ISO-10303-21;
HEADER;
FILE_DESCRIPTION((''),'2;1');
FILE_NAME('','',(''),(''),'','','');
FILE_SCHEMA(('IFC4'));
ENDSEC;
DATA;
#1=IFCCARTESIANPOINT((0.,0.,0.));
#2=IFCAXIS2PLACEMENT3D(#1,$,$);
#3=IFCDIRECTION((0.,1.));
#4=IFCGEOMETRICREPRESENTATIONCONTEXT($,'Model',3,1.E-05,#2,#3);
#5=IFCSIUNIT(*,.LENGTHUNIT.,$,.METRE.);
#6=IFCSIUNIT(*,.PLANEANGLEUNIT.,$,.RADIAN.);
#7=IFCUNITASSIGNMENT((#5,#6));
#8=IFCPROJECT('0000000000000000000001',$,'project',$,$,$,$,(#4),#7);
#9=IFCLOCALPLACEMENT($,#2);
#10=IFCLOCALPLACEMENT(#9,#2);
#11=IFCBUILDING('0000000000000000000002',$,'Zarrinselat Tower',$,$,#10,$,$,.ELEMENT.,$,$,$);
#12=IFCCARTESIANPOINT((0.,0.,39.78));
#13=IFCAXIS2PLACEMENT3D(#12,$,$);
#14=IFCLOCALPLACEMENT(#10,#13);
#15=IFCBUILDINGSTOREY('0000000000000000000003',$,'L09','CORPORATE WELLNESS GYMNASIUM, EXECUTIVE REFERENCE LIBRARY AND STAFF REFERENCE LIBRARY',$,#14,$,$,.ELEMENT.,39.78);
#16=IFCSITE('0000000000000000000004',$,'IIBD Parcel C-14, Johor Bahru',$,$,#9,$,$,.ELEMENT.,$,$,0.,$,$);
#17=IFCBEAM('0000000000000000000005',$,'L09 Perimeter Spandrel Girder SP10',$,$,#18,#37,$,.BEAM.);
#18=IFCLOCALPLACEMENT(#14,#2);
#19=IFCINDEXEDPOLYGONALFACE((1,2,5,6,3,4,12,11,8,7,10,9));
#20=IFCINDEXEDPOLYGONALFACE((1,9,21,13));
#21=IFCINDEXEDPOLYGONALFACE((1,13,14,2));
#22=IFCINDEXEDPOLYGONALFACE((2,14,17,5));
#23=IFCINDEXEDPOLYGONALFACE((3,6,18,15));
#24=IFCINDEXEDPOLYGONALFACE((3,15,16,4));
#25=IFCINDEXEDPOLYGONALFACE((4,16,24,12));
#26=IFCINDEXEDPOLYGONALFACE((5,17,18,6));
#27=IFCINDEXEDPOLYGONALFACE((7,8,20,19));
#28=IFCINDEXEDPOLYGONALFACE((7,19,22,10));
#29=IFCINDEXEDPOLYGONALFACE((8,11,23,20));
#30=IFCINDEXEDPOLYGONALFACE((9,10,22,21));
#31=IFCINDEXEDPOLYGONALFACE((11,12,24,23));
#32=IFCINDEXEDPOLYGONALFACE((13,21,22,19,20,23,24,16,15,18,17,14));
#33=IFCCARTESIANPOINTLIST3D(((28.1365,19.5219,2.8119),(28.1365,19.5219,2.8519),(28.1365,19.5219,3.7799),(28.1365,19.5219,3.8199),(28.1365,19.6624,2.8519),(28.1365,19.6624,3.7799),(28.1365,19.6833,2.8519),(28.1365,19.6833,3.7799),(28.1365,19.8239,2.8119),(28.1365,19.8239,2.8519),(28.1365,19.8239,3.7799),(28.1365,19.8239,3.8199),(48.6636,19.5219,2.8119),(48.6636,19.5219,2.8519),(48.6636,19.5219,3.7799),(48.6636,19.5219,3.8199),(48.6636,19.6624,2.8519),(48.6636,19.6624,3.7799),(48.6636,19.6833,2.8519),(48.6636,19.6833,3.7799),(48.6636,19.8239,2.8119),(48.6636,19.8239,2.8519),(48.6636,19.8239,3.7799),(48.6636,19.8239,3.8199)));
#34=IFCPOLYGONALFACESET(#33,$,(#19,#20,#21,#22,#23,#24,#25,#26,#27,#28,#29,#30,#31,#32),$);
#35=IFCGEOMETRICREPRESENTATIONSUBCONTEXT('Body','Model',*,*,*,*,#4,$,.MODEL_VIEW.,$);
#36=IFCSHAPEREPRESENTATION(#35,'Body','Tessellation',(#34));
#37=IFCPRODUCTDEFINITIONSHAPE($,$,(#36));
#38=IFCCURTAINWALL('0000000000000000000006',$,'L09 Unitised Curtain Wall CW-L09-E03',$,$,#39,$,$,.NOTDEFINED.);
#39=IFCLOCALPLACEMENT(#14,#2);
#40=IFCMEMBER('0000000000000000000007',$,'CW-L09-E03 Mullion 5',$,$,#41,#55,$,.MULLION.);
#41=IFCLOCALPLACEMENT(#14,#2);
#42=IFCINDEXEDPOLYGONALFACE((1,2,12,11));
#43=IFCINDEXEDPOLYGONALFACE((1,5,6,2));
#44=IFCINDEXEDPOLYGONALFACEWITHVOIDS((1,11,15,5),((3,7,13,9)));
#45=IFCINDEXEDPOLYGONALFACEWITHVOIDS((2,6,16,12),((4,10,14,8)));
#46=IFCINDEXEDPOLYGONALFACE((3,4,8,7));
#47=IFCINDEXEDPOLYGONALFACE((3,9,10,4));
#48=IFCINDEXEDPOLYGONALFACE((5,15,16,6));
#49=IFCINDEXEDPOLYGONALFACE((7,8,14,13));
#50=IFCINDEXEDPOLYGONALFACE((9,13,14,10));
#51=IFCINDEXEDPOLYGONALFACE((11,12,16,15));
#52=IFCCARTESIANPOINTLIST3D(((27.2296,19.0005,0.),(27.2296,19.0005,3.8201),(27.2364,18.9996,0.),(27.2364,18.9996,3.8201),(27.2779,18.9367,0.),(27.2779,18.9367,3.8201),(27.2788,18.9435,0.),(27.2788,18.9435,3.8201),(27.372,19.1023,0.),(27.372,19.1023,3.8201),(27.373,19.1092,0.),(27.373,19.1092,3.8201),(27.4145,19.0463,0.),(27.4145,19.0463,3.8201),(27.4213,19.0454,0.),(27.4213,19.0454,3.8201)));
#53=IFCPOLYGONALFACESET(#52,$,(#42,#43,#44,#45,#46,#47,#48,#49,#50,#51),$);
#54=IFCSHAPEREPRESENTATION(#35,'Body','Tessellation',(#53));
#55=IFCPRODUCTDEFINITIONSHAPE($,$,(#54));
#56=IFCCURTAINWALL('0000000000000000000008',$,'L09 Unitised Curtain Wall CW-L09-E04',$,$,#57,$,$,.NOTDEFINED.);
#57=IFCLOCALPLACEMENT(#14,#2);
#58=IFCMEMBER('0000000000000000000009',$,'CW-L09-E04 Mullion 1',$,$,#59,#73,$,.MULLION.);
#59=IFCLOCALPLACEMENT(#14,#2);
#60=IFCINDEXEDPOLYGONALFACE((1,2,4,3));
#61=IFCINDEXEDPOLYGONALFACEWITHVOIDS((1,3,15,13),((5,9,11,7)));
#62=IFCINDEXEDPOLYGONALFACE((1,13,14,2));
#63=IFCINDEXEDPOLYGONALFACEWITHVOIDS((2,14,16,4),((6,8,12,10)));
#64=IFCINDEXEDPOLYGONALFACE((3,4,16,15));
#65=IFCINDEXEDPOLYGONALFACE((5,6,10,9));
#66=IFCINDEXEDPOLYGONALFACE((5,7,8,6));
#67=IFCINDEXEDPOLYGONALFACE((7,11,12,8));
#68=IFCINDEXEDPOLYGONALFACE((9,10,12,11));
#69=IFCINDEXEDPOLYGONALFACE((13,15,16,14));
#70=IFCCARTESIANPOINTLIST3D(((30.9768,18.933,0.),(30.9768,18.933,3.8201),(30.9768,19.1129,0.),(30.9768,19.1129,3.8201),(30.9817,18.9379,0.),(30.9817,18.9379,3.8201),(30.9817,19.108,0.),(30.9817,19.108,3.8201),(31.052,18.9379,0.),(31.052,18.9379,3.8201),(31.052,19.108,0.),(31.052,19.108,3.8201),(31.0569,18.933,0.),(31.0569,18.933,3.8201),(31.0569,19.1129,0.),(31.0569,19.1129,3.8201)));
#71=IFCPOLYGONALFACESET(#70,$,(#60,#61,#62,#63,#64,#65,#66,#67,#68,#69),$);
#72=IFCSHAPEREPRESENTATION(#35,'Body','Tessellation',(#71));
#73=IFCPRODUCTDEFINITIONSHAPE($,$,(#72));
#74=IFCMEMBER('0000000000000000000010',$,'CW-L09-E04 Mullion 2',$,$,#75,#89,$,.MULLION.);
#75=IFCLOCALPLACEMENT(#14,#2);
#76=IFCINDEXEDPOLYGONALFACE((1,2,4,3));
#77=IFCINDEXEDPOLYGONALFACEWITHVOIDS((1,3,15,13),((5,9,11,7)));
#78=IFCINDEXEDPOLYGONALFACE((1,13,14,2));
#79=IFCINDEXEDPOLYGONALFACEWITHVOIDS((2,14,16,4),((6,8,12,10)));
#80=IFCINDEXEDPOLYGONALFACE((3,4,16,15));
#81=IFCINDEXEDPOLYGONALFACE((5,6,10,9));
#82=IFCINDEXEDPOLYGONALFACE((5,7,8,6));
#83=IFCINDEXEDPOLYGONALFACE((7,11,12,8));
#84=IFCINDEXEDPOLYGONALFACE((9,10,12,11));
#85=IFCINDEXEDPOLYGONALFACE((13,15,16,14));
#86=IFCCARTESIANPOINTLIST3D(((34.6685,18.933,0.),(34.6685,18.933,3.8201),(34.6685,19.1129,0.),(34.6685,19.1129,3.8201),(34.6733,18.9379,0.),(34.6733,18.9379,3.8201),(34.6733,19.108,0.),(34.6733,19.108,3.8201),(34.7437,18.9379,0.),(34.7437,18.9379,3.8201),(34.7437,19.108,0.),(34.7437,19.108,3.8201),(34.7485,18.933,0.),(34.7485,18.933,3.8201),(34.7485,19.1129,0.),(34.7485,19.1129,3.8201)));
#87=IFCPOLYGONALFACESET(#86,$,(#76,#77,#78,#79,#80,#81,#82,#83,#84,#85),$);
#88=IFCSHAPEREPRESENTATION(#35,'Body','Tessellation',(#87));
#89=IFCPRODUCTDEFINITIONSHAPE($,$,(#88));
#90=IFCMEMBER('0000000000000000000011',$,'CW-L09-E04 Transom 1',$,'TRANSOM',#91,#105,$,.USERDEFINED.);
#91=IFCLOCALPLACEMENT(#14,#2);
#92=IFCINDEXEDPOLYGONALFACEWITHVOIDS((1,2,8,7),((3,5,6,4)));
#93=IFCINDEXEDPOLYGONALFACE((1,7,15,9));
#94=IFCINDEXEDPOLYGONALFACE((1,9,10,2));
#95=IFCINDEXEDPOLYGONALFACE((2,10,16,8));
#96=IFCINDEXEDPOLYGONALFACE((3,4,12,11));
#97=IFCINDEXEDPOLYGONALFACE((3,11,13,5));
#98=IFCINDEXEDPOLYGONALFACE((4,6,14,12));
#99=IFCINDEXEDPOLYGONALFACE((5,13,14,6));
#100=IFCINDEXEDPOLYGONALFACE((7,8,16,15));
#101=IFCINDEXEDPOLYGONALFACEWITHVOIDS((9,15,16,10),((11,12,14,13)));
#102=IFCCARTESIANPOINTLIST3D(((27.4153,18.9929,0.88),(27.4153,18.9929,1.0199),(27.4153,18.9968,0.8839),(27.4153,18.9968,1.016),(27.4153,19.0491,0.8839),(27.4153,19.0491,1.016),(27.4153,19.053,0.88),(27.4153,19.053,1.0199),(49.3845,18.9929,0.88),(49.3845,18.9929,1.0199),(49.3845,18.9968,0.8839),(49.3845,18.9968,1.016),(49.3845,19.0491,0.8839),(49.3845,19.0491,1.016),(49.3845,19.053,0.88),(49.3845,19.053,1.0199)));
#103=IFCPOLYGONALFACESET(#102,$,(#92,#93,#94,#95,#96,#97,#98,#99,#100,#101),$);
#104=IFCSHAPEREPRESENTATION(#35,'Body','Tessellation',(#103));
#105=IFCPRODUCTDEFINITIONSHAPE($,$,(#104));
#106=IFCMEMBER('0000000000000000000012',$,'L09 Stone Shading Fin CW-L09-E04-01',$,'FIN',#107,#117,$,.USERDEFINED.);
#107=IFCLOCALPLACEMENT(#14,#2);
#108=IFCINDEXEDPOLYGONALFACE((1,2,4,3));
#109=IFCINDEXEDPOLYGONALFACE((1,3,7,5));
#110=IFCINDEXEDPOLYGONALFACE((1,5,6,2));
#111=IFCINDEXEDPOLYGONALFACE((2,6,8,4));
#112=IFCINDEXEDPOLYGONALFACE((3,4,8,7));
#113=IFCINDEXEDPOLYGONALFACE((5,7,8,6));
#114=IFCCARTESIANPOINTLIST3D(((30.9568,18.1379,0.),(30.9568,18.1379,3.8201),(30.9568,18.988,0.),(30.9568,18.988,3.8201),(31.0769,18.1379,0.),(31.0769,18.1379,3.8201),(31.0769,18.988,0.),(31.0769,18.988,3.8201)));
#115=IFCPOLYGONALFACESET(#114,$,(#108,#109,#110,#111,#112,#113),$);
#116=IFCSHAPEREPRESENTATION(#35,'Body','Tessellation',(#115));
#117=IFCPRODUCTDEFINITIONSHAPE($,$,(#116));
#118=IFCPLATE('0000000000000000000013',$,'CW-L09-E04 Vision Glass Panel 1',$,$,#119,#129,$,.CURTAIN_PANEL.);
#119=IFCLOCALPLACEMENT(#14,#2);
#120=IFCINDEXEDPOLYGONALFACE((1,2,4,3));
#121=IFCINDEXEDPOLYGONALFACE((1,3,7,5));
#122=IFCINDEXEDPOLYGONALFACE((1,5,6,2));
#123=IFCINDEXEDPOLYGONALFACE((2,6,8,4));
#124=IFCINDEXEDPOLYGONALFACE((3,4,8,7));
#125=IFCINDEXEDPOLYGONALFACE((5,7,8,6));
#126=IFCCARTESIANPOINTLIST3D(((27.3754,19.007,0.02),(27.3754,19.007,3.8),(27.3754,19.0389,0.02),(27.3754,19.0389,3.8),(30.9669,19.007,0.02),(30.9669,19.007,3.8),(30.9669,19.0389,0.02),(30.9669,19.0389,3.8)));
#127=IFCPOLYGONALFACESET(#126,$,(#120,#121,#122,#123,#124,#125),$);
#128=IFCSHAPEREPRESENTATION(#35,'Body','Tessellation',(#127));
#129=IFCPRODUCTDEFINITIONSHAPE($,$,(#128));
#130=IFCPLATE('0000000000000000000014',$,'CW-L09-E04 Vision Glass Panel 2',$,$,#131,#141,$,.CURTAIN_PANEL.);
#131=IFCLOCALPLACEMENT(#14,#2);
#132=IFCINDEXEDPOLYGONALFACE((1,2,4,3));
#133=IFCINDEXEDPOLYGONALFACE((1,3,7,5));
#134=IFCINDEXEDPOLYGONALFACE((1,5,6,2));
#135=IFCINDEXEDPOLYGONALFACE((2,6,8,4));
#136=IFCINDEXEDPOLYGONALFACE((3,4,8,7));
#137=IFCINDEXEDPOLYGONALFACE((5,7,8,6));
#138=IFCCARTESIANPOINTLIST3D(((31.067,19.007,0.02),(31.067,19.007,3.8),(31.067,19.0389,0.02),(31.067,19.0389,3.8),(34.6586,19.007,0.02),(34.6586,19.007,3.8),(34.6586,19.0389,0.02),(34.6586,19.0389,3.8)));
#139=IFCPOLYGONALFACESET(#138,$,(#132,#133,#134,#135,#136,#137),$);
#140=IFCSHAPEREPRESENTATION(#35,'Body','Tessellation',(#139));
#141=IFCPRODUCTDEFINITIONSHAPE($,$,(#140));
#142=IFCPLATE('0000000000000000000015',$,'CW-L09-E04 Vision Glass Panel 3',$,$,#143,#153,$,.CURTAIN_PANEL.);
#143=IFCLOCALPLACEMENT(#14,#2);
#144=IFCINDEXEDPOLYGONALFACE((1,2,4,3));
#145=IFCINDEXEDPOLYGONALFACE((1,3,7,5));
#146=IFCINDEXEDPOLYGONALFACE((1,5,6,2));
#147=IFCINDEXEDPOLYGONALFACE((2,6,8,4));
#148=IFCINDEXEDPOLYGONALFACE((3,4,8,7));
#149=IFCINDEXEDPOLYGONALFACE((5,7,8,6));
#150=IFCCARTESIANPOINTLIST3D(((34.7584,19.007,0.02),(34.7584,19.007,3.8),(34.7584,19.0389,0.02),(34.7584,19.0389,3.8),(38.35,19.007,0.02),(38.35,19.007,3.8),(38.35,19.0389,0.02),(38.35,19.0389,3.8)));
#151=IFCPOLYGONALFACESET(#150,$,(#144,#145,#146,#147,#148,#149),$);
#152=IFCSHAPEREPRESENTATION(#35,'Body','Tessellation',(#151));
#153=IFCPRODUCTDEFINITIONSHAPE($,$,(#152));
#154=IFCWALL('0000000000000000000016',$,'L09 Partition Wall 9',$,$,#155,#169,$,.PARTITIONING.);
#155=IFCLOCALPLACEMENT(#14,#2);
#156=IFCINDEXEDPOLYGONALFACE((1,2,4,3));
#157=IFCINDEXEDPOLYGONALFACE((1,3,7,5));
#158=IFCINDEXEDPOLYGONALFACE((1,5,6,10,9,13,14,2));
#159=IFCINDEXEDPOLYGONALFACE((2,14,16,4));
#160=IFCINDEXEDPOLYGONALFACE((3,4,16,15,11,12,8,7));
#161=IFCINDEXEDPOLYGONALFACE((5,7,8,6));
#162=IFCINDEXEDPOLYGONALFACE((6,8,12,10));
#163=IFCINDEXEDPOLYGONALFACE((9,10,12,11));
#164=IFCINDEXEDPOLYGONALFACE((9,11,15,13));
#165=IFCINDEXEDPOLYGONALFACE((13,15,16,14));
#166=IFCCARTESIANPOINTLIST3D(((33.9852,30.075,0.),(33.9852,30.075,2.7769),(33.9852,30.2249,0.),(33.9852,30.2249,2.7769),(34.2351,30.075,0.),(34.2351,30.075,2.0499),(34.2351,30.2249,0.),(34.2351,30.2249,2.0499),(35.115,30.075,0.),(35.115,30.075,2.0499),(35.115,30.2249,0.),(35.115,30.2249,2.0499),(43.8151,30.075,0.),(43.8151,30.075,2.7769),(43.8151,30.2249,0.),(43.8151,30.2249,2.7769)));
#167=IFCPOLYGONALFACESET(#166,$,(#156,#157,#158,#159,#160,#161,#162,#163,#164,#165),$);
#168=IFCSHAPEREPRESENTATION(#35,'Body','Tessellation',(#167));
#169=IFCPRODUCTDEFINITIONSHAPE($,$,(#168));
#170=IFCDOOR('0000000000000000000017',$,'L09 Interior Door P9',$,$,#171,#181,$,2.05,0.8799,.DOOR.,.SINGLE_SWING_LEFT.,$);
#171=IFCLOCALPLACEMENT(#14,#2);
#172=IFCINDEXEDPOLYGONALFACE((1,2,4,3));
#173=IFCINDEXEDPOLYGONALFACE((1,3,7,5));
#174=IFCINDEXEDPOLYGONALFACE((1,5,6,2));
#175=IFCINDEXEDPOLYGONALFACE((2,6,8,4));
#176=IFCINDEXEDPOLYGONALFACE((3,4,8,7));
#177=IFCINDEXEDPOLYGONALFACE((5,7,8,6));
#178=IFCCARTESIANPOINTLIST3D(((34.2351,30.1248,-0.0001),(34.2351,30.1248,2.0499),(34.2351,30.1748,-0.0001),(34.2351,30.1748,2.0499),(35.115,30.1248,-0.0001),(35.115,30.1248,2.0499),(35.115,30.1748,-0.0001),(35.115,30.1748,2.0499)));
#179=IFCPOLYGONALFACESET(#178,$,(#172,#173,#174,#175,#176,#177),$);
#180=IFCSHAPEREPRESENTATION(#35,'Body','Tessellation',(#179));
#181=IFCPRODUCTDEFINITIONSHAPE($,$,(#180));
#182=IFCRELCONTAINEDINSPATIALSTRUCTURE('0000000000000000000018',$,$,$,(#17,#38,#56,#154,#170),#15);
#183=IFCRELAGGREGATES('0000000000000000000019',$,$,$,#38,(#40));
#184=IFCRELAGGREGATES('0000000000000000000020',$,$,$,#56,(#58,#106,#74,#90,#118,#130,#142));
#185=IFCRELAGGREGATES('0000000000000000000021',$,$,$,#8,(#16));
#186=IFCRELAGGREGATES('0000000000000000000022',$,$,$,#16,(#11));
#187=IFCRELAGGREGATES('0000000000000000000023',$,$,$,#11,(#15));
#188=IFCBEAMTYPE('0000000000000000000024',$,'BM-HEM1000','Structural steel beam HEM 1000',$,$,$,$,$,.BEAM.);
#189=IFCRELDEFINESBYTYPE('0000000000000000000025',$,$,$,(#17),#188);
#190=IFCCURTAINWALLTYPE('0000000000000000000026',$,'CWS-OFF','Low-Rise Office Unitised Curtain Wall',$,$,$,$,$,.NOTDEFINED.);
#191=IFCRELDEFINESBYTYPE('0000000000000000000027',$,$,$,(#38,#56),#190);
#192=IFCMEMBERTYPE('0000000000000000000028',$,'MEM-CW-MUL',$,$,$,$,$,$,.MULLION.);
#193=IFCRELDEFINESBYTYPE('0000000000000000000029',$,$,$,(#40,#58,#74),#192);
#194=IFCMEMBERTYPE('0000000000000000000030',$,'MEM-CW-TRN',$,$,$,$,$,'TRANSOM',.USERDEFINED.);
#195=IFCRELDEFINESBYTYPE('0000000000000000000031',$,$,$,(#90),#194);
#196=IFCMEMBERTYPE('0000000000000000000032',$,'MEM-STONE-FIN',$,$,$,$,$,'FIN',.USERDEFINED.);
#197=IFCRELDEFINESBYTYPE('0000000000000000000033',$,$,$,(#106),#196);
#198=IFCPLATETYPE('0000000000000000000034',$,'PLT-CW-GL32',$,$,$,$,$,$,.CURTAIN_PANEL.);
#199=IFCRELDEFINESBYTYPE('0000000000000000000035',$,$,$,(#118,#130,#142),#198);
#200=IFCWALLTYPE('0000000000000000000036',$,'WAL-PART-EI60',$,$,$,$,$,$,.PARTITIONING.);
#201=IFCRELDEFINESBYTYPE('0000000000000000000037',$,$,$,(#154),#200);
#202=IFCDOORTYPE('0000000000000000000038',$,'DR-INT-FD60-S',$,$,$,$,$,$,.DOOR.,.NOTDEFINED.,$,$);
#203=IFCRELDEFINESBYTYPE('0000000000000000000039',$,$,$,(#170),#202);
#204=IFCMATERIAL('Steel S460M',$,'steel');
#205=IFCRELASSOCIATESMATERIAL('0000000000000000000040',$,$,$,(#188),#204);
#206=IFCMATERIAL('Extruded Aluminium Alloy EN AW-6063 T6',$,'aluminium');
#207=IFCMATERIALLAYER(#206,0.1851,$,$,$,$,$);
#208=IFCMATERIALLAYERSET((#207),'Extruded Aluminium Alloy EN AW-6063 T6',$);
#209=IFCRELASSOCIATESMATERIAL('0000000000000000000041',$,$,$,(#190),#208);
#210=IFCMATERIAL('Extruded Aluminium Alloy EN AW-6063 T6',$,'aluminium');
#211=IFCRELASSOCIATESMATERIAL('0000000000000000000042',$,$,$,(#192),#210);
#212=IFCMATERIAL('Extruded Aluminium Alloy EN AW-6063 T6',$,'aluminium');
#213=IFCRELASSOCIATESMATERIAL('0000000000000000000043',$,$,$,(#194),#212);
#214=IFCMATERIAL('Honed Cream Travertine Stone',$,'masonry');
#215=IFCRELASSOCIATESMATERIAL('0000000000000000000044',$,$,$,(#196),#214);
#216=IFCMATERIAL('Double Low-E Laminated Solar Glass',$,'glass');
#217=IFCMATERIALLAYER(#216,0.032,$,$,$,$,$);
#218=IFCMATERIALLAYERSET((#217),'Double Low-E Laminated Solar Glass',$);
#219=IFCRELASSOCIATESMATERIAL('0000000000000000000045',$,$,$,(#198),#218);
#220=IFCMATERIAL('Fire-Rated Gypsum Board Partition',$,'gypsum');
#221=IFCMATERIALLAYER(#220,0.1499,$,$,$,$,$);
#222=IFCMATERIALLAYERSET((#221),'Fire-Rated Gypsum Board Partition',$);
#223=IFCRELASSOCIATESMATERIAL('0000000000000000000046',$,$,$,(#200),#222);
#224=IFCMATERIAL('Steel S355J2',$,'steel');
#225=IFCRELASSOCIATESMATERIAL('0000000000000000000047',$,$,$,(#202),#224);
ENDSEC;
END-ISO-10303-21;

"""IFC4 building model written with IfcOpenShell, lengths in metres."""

from ifc_helpers import new_model, si_unit, direction, frame, frame_2d, origin, origin_2d, place, context, subcontext, project, spatial, rectangle, hollow_rectangle, i_section, extrude, material, layer, layer_set, material_profile, profile_set, type_object, element, fill, aggregate, save


model = new_model("IFC4")

# Units and contexts
model_context = context("Model", 3, precision=1e-05, world=origin(), true_north=direction((0.0, 1.0)))
body_context = subcontext(model_context, "Body", "Model", "MODEL_VIEW")
ifc_project = project(units=[si_unit("LENGTHUNIT", "METRE"), si_unit("PLANEANGLEUNIT", "RADIAN")], contexts=[model_context])

# Site, building, storey
site_placement = place(None, origin())
site = spatial("IfcSite", under=ifc_project, at=site_placement, Name="IIBD Parcel C-14, Johor Bahru", CompositionType="ELEMENT", RefElevation=0.0)
building_placement = place(site_placement, origin())
building = spatial("IfcBuilding", under=site, at=building_placement, Name="Zarrinselat Tower", CompositionType="ELEMENT")
storey_placement = place(building_placement, frame((0.0, 0.0, 39.78)))
storey = spatial("IfcBuildingStorey", under=building, at=storey_placement, Name="L09", Description="CORPORATE WELLNESS GYMNASIUM, EXECUTIVE REFERENCE LIBRARY AND STAFF REFERENCE LIBRARY", CompositionType="ELEMENT", Elevation=39.78)

# Beam
ifc_material_1 = material(Name="Steel S460M", Category="steel")
ifc_material_profile_1 = material_profile(ifc_material_1, i_section(OverallWidth=0.302, OverallDepth=1.0081, WebThickness=0.021, FlangeThickness=0.04, at=origin_2d()), Name="HEM 1000")
ifc_profile_set_1 = profile_set([ifc_material_profile_1], Name="Steel S460M")
beam_type_1 = type_object("IfcBeamType", Name="BM-HEM1000", Description="Structural steel beam HEM 1000", PredefinedType="BEAM", material=ifc_profile_set_1)
beam_1_placement = place(storey_placement, frame((28.1365, 19.6729, 3.3159), z_axis=(1.0, 0.0, 0.0), x_axis=(0.0, 1.0, 0.0)))
element("IfcBeam", 1, at=beam_1_placement, inside=storey, type_object=beam_type_1, Name="L09 Perimeter Spandrel Girder SP10", PredefinedType="BEAM", context=body_context, shape_type="SweptSolid", body=[
    extrude(i_section(OverallWidth=0.302, OverallDepth=1.0081, WebThickness=0.021, FlangeThickness=0.04, at=origin_2d()), origin(), (0.0, 0.0, 1.0), 20.5271),
])

# Curtain wall, member
ifc_material_2 = material(Name="Extruded Aluminium Alloy EN AW-6063 T6", Category="aluminium")
ifc_layer_1 = layer(ifc_material_2, 0.1851)
ifc_layer_set_1 = layer_set([ifc_layer_1], Name="Extruded Aluminium Alloy EN AW-6063 T6")
curtain_wall_type = type_object("IfcCurtainWallType", Name="CWS-OFF", Description="Low-Rise Office Unitised Curtain Wall", PredefinedType="NOTDEFINED", material=ifc_layer_set_1)
curtain_wall_1_placement = place(storey_placement, origin())
curtain_wall_1 = element("IfcCurtainWall", 2, at=curtain_wall_1_placement, inside=storey, type_object=curtain_wall_type, Name="L09 Unitised Curtain Wall CW-L09-E03", PredefinedType="NOTDEFINED")
ifc_material_3 = material(Name="Extruded Aluminium Alloy EN AW-6063 T6", Category="aluminium")
ifc_material_profile_2 = material_profile(ifc_material_3, hollow_rectangle(XDim=0.0801, YDim=0.1799, WallThickness=0.0049, at=origin_2d()), Name="RHS 180x80x5")
ifc_profile_set_2 = profile_set([ifc_material_profile_2], Name="Extruded Aluminium Alloy EN AW-6063 T6")
member_type_1 = type_object("IfcMemberType", Name="MEM-CW-MUL", PredefinedType="MULLION", material=ifc_profile_set_2)
member_1_placement = place(storey_placement, frame((27.3254, 19.0229, 0.0), z_axis=(0.0, 0.0, 1.0), x_axis=(0.603857, -0.797092, 0.0)))
member_1 = element("IfcMember", 3, at=member_1_placement, type_object=member_type_1, Name="CW-L09-E03 Mullion 5", PredefinedType="MULLION", context=body_context, shape_type="SweptSolid", body=[
    extrude(hollow_rectangle(XDim=0.0801, YDim=0.1799, WallThickness=0.0049, at=origin_2d()), origin(), (0.0, 0.0, 1.0), 3.8201),
])
aggregate(curtain_wall_1, [member_1])

# Curtain wall, members, plates
curtain_wall_2_placement = place(storey_placement, origin())
curtain_wall_2 = element("IfcCurtainWall", 4, at=curtain_wall_2_placement, inside=storey, type_object=curtain_wall_type, Name="L09 Unitised Curtain Wall CW-L09-E04", PredefinedType="NOTDEFINED")
member_2_placement = place(storey_placement, frame((31.0168, 19.0229, 0.0), z_axis=(0.0, 0.0, 1.0), x_axis=(1.0, 0.0, 0.0)))
member_2 = element("IfcMember", 5, at=member_2_placement, type_object=member_type_1, Name="CW-L09-E04 Mullion 1", PredefinedType="MULLION", context=body_context, shape_type="SweptSolid", body=[
    extrude(hollow_rectangle(XDim=0.0801, YDim=0.1799, WallThickness=0.0049, at=origin_2d()), origin(), (0.0, 0.0, 1.0), 3.8201),
])
member_3_placement = place(storey_placement, frame((34.7085, 19.0229, 0.0), z_axis=(0.0, 0.0, 1.0), x_axis=(1.0, 0.0, 0.0)))
member_3 = element("IfcMember", 6, at=member_3_placement, type_object=member_type_1, Name="CW-L09-E04 Mullion 2", PredefinedType="MULLION", context=body_context, shape_type="SweptSolid", body=[
    extrude(hollow_rectangle(XDim=0.0801, YDim=0.1799, WallThickness=0.0049, at=origin_2d()), origin(), (0.0, 0.0, 1.0), 3.8201),
])
ifc_material_4 = material(Name="Extruded Aluminium Alloy EN AW-6063 T6", Category="aluminium")
ifc_material_profile_3 = material_profile(ifc_material_4, hollow_rectangle(XDim=0.0601, YDim=0.1399, WallThickness=0.0039, at=origin_2d()), Name="RHS 140x60x4")
ifc_profile_set_3 = profile_set([ifc_material_profile_3], Name="Extruded Aluminium Alloy EN AW-6063 T6")
member_type_2 = type_object("IfcMemberType", Name="MEM-CW-TRN", ElementType="TRANSOM", PredefinedType="USERDEFINED", material=ifc_profile_set_3)
member_4_placement = place(storey_placement, frame((27.4153, 19.0229, 0.95), z_axis=(1.0, 0.0, 0.0), x_axis=(0.0, 1.0, 0.0)))
member_4 = element("IfcMember", 7, at=member_4_placement, type_object=member_type_2, Name="CW-L09-E04 Transom 1", ObjectType="TRANSOM", PredefinedType="USERDEFINED", context=body_context, shape_type="SweptSolid", body=[
    extrude(hollow_rectangle(XDim=0.0601, YDim=0.1399, WallThickness=0.0039, at=origin_2d()), origin(), (0.0, 0.0, 1.0), 21.9692),
])
ifc_material_5 = material(Name="Honed Cream Travertine Stone", Category="masonry")
ifc_material_profile_4 = material_profile(ifc_material_5, rectangle(XDim=0.1201, YDim=0.8501, at=origin_2d()), Name="FIN 850x120")
ifc_profile_set_4 = profile_set([ifc_material_profile_4], Name="Honed Cream Travertine Stone")
member_type_3 = type_object("IfcMemberType", Name="MEM-STONE-FIN", ElementType="FIN", PredefinedType="USERDEFINED", material=ifc_profile_set_4)
member_5_placement = place(storey_placement, frame((31.0168, 18.563, 0.0), z_axis=(0.0, 0.0, 1.0), x_axis=(-1.0, 0.0, 0.0)))
member_5 = element("IfcMember", 8, at=member_5_placement, type_object=member_type_3, Name="L09 Stone Shading Fin CW-L09-E04-01", ObjectType="FIN", PredefinedType="USERDEFINED", context=body_context, shape_type="SweptSolid", body=[
    extrude(rectangle(XDim=0.1201, YDim=0.8501, at=origin_2d()), origin(), (0.0, 0.0, 1.0), 3.8201),
])
ifc_material_6 = material(Name="Double Low-E Laminated Solar Glass", Category="glass")
ifc_layer_2 = layer(ifc_material_6, 0.032)
ifc_layer_set_2 = layer_set([ifc_layer_2], Name="Double Low-E Laminated Solar Glass")
plate_type = type_object("IfcPlateType", Name="PLT-CW-GL32", PredefinedType="CURTAIN_PANEL", material=ifc_layer_set_2)
plate_1_placement = place(storey_placement, frame((29.1711, 19.0229, 0.02), z_axis=(0.0, 0.0, 1.0), x_axis=(1.0, 0.0, 0.0)))
plate_1 = element("IfcPlate", 9, at=plate_1_placement, type_object=plate_type, Name="CW-L09-E04 Vision Glass Panel 1", PredefinedType="CURTAIN_PANEL", context=body_context, shape_type="SweptSolid", body=[
    extrude(rectangle(XDim=3.5916, YDim=0.032, at=origin_2d()), origin(), (0.0, 0.0, 1.0), 3.78),
])
plate_2_placement = place(storey_placement, frame((32.8628, 19.0229, 0.02), z_axis=(0.0, 0.0, 1.0), x_axis=(1.0, 0.0, 0.0)))
plate_2 = element("IfcPlate", 10, at=plate_2_placement, type_object=plate_type, Name="CW-L09-E04 Vision Glass Panel 2", PredefinedType="CURTAIN_PANEL", context=body_context, shape_type="SweptSolid", body=[
    extrude(rectangle(XDim=3.5916, YDim=0.032, at=origin_2d()), origin(), (0.0, 0.0, 1.0), 3.78),
])
plate_3_placement = place(storey_placement, frame((36.5542, 19.0229, 0.02), z_axis=(0.0, 0.0, 1.0), x_axis=(1.0, 0.0, 0.0)))
plate_3 = element("IfcPlate", 11, at=plate_3_placement, type_object=plate_type, Name="CW-L09-E04 Vision Glass Panel 3", PredefinedType="CURTAIN_PANEL", context=body_context, shape_type="SweptSolid", body=[
    extrude(rectangle(XDim=3.5916, YDim=0.032, at=origin_2d()), origin(), (0.0, 0.0, 1.0), 3.78),
])
aggregate(curtain_wall_2, [member_2, member_5, member_3, member_4, plate_1, plate_2, plate_3])

# Wall, opening, door
ifc_material_7 = material(Name="Fire-Rated Gypsum Board Partition", Category="gypsum")
ifc_layer_3 = layer(ifc_material_7, 0.1499)
ifc_layer_set_3 = layer_set([ifc_layer_3], Name="Fire-Rated Gypsum Board Partition")
wall_type = type_object("IfcWallType", Name="WAL-PART-EI60", PredefinedType="PARTITIONING", material=ifc_layer_set_3)
wall_placement = place(storey_placement, frame((33.9851, 30.1499, 0.0), z_axis=(0.0, 0.0, 1.0), x_axis=(1.0, 0.0, 0.0)))
wall = element("IfcWall", 12, at=wall_placement, inside=storey, type_object=wall_type, Name="L09 Partition Wall 9", PredefinedType="PARTITIONING", context=body_context, shape_type="SweptSolid", body=[
    extrude(rectangle(XDim=9.8298, YDim=0.1499, at=frame_2d((4.915, 0.0))), origin(), (0.0, 0.0, 1.0), 2.7769),
])
opening_placement = place(wall_placement, frame((0.25, 0.0, 0.0)))
opening = element("IfcOpeningElement", 13, at=opening_placement, cuts=wall, PredefinedType="OPENING", context=body_context, shape_type="SweptSolid", body=[
    extrude(rectangle(XDim=0.8799, YDim=2.05, at=frame_2d((0.4399, 1.0249))), frame((0.0, 0.085, 0.0), z_axis=(0.0, -1.0, 0.0), x_axis=(1.0, 0.0, 0.0)), (0.0, 0.0, 1.0), 0.1699),
])
ifc_material_8 = material(Name="Steel S355J2", Category="steel")
door_type = type_object("IfcDoorType", Name="DR-INT-FD60-S", OperationType="NOTDEFINED", PredefinedType="DOOR", material=ifc_material_8)
door_placement = place(opening_placement, origin())
door = element("IfcDoor", 14, at=door_placement, inside=storey, type_object=door_type, Name="L09 Interior Door P9", OperationType="SINGLE_SWING_LEFT", OverallHeight=2.05, OverallWidth=0.8799, PredefinedType="DOOR", context=body_context, shape_type="SweptSolid", body=[
    extrude(rectangle(XDim=0.8799, YDim=2.05, at=frame_2d((0.4399, 1.0249))), frame((0.0, 0.0249, 0.0), z_axis=(0.0, -1.0, 0.0), x_axis=(1.0, 0.0, 0.0)), (0.0, 0.0, 1.0), 0.05),
])
fill(opening, door)

save(model, "model.ifc")
